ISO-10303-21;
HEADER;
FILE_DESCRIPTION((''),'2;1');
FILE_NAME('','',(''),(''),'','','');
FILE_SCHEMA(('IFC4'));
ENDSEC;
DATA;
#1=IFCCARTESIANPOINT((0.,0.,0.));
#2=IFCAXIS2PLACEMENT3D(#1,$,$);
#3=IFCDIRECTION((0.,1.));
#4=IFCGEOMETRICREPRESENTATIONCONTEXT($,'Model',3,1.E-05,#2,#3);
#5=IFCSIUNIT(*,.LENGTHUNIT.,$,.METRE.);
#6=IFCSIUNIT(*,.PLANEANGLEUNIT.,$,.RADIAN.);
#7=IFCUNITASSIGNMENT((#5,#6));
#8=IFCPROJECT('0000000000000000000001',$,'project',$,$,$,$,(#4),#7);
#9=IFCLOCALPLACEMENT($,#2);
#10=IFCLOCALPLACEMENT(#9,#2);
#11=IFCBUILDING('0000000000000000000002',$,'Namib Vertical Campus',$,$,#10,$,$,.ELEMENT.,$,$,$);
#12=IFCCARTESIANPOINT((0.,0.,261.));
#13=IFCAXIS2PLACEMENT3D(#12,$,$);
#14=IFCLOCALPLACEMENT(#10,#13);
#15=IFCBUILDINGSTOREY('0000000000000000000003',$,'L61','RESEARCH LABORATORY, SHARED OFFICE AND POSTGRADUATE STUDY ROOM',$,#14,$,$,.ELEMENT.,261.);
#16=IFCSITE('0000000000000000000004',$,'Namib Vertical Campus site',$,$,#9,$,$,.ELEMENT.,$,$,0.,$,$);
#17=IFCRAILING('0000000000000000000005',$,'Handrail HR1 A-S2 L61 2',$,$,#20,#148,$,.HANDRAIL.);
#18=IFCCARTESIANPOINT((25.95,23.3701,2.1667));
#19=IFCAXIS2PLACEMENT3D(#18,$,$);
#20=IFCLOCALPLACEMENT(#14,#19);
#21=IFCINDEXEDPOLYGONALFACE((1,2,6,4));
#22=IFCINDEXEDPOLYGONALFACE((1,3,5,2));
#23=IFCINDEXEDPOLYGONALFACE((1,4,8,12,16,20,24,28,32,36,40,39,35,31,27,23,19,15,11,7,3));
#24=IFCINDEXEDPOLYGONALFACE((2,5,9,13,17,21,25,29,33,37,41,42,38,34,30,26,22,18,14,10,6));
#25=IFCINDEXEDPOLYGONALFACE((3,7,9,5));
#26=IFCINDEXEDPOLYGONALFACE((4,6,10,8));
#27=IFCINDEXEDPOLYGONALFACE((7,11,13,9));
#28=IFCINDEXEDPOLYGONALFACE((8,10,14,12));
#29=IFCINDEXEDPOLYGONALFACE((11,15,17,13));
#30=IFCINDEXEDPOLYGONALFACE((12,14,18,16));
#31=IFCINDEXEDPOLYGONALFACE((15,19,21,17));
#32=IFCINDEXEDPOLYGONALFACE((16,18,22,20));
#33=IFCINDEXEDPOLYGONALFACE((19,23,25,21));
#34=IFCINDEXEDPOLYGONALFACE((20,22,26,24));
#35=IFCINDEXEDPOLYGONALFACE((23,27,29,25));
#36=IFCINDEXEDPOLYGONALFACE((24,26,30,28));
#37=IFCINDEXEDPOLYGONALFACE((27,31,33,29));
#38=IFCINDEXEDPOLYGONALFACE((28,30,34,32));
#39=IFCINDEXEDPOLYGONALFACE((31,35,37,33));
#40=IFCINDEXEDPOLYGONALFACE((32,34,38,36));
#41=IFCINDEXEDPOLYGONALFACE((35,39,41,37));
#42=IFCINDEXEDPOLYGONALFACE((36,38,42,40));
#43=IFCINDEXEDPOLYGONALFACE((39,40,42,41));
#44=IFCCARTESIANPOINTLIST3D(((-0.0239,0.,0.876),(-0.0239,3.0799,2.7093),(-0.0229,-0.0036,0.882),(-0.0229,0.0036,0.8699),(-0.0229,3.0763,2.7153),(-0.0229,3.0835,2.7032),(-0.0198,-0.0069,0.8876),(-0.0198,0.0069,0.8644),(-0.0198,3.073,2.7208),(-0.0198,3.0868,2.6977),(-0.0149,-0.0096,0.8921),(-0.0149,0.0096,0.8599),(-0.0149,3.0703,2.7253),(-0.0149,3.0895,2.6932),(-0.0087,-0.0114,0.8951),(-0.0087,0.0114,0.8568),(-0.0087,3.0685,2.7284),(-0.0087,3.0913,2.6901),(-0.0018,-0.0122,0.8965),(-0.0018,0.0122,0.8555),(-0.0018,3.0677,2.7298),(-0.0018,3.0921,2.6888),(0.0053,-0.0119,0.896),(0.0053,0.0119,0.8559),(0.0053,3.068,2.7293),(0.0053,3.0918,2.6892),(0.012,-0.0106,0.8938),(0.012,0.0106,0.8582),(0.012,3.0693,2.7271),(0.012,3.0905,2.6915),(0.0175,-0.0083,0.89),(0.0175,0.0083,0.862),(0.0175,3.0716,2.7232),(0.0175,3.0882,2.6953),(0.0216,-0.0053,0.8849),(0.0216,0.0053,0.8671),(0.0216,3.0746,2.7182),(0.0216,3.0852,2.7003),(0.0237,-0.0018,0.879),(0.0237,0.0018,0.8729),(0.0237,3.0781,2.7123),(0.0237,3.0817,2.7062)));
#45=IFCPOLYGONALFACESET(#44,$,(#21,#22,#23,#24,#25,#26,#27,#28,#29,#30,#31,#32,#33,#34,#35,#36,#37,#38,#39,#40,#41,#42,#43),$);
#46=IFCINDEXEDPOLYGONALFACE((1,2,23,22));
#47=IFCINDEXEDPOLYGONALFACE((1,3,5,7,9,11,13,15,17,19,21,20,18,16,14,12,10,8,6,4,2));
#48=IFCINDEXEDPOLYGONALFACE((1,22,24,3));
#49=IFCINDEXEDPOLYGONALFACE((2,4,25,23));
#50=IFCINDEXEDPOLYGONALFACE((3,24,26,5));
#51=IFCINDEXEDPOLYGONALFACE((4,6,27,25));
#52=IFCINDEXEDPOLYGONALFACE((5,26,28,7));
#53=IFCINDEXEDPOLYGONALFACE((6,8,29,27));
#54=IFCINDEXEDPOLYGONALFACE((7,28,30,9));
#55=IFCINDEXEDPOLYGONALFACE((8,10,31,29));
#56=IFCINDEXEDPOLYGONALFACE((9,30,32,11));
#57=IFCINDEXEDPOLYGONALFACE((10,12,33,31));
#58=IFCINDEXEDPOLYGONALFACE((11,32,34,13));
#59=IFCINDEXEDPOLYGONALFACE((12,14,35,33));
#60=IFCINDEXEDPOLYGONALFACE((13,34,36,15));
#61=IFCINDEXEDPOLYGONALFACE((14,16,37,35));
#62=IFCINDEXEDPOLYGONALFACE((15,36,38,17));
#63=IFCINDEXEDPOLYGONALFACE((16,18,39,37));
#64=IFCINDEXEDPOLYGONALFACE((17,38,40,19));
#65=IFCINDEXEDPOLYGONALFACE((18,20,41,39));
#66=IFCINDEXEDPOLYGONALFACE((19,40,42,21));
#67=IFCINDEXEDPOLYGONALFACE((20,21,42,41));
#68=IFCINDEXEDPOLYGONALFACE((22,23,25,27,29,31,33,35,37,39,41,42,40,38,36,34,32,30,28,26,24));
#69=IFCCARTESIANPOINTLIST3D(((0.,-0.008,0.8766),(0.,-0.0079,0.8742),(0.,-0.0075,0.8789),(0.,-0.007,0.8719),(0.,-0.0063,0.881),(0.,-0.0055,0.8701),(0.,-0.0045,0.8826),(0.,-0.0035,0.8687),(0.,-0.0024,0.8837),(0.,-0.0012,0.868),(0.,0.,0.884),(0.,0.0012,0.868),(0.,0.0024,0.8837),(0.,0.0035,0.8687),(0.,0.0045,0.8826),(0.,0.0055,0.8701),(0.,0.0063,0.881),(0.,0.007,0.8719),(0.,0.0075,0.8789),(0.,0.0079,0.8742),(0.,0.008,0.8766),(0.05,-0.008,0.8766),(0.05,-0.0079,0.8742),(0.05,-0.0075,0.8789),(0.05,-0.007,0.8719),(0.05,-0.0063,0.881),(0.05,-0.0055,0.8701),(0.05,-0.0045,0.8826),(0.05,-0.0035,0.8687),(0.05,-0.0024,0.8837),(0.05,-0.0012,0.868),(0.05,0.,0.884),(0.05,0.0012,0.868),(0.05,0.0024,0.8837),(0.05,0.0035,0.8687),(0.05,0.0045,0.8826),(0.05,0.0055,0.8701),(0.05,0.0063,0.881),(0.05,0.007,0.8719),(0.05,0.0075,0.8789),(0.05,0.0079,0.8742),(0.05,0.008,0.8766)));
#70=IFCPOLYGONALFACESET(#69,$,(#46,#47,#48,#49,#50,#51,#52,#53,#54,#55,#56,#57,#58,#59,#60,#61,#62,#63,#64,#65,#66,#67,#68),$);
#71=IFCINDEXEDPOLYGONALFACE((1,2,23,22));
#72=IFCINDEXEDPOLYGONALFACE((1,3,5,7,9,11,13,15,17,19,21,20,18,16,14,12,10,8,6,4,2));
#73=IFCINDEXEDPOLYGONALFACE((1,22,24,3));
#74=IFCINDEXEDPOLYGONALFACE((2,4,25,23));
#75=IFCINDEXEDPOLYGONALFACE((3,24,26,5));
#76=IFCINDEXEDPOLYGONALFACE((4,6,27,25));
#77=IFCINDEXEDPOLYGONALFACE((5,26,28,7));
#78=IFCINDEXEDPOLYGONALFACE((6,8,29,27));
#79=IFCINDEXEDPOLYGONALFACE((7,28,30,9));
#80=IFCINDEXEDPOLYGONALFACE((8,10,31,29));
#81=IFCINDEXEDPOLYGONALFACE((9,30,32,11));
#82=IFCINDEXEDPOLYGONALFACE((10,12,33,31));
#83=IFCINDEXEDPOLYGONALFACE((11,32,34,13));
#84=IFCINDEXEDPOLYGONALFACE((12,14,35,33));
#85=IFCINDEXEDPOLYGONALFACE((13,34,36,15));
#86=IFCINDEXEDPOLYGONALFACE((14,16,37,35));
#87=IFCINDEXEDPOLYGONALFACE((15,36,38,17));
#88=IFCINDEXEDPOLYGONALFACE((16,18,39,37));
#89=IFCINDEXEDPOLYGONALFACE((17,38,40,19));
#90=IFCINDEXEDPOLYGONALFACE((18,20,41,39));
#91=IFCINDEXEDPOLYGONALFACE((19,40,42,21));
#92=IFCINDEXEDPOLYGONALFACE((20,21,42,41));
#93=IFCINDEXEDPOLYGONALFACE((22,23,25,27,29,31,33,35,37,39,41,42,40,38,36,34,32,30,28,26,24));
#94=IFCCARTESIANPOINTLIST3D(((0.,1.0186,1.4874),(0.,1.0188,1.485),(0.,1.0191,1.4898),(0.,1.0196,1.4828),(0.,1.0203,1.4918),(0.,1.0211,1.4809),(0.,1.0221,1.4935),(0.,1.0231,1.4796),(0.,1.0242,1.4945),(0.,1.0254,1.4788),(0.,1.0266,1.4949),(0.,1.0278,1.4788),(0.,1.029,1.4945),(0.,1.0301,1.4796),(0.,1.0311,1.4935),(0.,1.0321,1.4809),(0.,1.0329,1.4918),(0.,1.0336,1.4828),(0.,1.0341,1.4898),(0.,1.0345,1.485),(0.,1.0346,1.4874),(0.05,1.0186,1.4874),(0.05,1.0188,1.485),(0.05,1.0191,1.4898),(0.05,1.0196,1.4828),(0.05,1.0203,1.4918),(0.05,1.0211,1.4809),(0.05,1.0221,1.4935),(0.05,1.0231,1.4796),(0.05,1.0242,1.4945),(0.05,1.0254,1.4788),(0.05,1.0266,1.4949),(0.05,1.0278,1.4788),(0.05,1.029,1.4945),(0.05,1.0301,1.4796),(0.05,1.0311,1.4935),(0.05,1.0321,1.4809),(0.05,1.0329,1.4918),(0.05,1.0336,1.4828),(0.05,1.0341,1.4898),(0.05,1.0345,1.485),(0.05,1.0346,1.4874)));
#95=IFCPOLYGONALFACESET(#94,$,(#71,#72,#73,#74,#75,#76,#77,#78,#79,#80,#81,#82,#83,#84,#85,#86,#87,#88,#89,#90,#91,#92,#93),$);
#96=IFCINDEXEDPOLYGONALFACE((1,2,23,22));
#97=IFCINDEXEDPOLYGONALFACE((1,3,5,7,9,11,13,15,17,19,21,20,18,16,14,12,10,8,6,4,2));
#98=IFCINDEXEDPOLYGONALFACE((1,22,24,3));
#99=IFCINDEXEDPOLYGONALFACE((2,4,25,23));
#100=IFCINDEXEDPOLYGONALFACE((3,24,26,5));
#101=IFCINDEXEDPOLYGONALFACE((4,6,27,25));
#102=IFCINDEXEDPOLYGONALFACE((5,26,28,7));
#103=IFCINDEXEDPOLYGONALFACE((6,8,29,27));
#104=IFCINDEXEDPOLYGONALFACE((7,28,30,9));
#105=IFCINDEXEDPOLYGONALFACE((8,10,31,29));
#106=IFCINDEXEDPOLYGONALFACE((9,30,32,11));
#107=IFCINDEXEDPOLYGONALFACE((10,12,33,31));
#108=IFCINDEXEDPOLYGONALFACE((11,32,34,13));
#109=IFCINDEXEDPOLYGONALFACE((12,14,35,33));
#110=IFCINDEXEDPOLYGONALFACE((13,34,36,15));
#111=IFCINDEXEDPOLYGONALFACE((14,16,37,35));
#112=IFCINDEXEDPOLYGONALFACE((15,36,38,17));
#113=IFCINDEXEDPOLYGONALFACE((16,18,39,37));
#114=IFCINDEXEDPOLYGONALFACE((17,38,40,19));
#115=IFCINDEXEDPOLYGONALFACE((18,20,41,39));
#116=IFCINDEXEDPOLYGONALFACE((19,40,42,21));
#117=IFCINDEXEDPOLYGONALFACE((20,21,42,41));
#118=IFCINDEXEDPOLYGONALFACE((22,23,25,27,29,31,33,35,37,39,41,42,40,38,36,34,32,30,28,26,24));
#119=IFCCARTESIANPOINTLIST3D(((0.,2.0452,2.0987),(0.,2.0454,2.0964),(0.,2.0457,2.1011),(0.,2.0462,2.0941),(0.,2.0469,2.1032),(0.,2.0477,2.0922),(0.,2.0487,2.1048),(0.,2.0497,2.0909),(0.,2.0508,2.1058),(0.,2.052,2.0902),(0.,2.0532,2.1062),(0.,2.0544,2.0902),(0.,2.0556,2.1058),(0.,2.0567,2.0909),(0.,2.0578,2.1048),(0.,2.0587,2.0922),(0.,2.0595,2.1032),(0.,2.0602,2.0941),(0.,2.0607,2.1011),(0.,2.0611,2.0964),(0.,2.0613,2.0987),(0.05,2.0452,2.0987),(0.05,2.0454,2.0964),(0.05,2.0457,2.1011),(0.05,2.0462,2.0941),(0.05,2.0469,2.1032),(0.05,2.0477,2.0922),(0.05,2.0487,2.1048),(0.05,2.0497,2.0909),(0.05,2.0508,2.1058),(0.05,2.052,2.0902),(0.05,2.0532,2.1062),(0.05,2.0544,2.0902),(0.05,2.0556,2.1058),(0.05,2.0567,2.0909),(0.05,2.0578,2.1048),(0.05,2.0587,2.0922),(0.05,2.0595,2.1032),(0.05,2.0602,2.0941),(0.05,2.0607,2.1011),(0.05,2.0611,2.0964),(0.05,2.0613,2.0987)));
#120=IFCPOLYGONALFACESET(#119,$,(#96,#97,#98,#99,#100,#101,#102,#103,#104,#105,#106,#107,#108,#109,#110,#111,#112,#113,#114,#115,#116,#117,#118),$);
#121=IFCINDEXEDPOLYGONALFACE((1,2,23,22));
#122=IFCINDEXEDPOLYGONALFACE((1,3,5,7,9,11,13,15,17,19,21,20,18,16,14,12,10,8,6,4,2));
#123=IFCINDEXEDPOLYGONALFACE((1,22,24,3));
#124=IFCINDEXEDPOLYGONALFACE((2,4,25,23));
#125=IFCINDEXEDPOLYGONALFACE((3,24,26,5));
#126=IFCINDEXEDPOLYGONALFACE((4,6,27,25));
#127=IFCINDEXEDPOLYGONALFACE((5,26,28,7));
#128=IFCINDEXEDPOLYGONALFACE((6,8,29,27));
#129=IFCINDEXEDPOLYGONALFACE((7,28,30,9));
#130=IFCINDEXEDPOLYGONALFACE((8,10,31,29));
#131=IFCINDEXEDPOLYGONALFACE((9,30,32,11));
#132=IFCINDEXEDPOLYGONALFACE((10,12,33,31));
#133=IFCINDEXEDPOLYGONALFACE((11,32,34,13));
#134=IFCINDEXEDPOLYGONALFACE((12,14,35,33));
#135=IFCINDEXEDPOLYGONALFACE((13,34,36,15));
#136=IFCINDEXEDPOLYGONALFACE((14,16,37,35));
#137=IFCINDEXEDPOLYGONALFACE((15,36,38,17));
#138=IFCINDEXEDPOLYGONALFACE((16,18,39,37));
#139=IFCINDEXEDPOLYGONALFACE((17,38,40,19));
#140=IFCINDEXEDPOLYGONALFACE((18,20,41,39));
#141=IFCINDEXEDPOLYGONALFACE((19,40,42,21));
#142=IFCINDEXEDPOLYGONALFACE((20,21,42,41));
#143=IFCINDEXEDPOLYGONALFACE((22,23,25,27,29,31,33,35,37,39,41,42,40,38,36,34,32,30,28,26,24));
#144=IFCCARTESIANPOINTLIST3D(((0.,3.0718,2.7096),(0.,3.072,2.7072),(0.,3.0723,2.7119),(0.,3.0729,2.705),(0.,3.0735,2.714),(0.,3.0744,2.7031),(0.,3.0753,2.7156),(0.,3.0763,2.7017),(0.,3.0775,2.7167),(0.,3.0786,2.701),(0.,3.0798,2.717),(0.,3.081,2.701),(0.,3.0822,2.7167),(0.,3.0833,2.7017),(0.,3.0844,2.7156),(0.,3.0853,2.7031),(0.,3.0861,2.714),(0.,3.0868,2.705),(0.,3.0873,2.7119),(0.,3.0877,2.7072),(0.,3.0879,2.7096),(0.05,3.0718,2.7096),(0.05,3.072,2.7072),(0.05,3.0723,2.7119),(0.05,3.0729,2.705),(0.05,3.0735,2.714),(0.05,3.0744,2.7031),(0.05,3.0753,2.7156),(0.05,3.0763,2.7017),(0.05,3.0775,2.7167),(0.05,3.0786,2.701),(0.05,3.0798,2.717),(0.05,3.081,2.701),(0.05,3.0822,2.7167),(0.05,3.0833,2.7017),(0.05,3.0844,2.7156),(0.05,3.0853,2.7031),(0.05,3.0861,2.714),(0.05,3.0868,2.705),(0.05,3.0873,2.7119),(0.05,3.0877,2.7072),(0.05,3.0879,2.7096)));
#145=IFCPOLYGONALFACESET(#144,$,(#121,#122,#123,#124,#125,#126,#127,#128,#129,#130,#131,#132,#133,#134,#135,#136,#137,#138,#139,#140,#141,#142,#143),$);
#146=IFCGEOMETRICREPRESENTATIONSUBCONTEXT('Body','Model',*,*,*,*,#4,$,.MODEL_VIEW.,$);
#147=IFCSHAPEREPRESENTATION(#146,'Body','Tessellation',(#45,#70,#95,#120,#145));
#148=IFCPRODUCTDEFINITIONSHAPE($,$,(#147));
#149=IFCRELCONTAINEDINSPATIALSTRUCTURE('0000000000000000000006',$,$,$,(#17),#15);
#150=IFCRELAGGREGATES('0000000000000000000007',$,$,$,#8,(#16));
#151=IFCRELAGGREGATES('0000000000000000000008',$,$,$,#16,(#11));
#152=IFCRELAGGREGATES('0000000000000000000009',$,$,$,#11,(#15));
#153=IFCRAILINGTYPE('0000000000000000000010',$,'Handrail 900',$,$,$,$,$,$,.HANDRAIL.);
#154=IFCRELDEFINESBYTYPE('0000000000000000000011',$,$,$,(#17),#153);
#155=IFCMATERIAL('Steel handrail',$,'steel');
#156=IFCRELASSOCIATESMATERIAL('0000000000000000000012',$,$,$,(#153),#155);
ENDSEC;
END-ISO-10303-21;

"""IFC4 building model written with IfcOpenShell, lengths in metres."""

from ifc_helpers import new_model, si_unit, direction, frame, origin, origin_2d, place, context, subcontext, project, spatial, circle, extrude, material, type_object, element, save


model = new_model("IFC4")

# Units and contexts
model_context = context("Model", 3, precision=1e-05, world=origin(), true_north=direction((0.0, 1.0)))
body_context = subcontext(model_context, "Body", "Model", "MODEL_VIEW")
ifc_project = project(units=[si_unit("LENGTHUNIT", "METRE"), si_unit("PLANEANGLEUNIT", "RADIAN")], contexts=[model_context])

# Site, building, storey
site_placement = place(None, origin())
site = spatial("IfcSite", under=ifc_project, at=site_placement, Name="Namib Vertical Campus site", CompositionType="ELEMENT", RefElevation=0.0)
building_placement = place(site_placement, origin())
building = spatial("IfcBuilding", under=site, at=building_placement, Name="Namib Vertical Campus", CompositionType="ELEMENT")
storey_placement = place(building_placement, frame((0.0, 0.0, 261.0)))
storey = spatial("IfcBuildingStorey", under=building, at=storey_placement, Name="L61", Description="RESEARCH LABORATORY, SHARED OFFICE AND POSTGRADUATE STUDY ROOM", CompositionType="ELEMENT", Elevation=261.0)

# Railing
ifc_material_1 = material(Name="Steel handrail", Category="steel")
railing_type_1 = type_object("IfcRailingType", Name="Handrail 900", PredefinedType="HANDRAIL", material=ifc_material_1)
railing_1_placement = place(storey_placement, frame((25.95, 23.3701, 2.1667)))
element("IfcRailing", 1, at=railing_1_placement, inside=storey, type_object=railing_type_1, Name="Handrail HR1 A-S2 L61 2", PredefinedType="HANDRAIL", context=body_context, shape_type="SweptSolid", body=[
    extrude(circle(Radius=0.0239, at=origin_2d()), frame((0.0, 0.0, 0.876), z_axis=(0.0, 0.859291, 0.511487), x_axis=(-1.0, 0.0, 0.0)), (0.0, 0.0, 1.0), 3.5842),
    extrude(circle(Radius=0.0081, at=origin_2d()), frame((0.0, 0.0, 0.876), z_axis=(1.0, 0.0, 0.0), x_axis=(0.0, 0.0, 1.0)), (0.0, 0.0, 1.0), 0.05),
    extrude(circle(Radius=0.0081, at=origin_2d()), frame((0.0, 1.0266, 1.4868), z_axis=(1.0, 0.0, 0.0), x_axis=(0.0, 0.0, 1.0)), (0.0, 0.0, 1.0), 0.05),
    extrude(circle(Radius=0.0081, at=origin_2d()), frame((0.0, 2.0532, 2.0981), z_axis=(1.0, 0.0, 0.0), x_axis=(0.0, 0.0, 1.0)), (0.0, 0.0, 1.0), 0.05),
    extrude(circle(Radius=0.0081, at=origin_2d()), frame((0.0, 3.0798, 2.709), z_axis=(1.0, 0.0, 0.0), x_axis=(0.0, 0.0, 1.0)), (0.0, 0.0, 1.0), 0.05),
])

save(model, "model.ifc")
